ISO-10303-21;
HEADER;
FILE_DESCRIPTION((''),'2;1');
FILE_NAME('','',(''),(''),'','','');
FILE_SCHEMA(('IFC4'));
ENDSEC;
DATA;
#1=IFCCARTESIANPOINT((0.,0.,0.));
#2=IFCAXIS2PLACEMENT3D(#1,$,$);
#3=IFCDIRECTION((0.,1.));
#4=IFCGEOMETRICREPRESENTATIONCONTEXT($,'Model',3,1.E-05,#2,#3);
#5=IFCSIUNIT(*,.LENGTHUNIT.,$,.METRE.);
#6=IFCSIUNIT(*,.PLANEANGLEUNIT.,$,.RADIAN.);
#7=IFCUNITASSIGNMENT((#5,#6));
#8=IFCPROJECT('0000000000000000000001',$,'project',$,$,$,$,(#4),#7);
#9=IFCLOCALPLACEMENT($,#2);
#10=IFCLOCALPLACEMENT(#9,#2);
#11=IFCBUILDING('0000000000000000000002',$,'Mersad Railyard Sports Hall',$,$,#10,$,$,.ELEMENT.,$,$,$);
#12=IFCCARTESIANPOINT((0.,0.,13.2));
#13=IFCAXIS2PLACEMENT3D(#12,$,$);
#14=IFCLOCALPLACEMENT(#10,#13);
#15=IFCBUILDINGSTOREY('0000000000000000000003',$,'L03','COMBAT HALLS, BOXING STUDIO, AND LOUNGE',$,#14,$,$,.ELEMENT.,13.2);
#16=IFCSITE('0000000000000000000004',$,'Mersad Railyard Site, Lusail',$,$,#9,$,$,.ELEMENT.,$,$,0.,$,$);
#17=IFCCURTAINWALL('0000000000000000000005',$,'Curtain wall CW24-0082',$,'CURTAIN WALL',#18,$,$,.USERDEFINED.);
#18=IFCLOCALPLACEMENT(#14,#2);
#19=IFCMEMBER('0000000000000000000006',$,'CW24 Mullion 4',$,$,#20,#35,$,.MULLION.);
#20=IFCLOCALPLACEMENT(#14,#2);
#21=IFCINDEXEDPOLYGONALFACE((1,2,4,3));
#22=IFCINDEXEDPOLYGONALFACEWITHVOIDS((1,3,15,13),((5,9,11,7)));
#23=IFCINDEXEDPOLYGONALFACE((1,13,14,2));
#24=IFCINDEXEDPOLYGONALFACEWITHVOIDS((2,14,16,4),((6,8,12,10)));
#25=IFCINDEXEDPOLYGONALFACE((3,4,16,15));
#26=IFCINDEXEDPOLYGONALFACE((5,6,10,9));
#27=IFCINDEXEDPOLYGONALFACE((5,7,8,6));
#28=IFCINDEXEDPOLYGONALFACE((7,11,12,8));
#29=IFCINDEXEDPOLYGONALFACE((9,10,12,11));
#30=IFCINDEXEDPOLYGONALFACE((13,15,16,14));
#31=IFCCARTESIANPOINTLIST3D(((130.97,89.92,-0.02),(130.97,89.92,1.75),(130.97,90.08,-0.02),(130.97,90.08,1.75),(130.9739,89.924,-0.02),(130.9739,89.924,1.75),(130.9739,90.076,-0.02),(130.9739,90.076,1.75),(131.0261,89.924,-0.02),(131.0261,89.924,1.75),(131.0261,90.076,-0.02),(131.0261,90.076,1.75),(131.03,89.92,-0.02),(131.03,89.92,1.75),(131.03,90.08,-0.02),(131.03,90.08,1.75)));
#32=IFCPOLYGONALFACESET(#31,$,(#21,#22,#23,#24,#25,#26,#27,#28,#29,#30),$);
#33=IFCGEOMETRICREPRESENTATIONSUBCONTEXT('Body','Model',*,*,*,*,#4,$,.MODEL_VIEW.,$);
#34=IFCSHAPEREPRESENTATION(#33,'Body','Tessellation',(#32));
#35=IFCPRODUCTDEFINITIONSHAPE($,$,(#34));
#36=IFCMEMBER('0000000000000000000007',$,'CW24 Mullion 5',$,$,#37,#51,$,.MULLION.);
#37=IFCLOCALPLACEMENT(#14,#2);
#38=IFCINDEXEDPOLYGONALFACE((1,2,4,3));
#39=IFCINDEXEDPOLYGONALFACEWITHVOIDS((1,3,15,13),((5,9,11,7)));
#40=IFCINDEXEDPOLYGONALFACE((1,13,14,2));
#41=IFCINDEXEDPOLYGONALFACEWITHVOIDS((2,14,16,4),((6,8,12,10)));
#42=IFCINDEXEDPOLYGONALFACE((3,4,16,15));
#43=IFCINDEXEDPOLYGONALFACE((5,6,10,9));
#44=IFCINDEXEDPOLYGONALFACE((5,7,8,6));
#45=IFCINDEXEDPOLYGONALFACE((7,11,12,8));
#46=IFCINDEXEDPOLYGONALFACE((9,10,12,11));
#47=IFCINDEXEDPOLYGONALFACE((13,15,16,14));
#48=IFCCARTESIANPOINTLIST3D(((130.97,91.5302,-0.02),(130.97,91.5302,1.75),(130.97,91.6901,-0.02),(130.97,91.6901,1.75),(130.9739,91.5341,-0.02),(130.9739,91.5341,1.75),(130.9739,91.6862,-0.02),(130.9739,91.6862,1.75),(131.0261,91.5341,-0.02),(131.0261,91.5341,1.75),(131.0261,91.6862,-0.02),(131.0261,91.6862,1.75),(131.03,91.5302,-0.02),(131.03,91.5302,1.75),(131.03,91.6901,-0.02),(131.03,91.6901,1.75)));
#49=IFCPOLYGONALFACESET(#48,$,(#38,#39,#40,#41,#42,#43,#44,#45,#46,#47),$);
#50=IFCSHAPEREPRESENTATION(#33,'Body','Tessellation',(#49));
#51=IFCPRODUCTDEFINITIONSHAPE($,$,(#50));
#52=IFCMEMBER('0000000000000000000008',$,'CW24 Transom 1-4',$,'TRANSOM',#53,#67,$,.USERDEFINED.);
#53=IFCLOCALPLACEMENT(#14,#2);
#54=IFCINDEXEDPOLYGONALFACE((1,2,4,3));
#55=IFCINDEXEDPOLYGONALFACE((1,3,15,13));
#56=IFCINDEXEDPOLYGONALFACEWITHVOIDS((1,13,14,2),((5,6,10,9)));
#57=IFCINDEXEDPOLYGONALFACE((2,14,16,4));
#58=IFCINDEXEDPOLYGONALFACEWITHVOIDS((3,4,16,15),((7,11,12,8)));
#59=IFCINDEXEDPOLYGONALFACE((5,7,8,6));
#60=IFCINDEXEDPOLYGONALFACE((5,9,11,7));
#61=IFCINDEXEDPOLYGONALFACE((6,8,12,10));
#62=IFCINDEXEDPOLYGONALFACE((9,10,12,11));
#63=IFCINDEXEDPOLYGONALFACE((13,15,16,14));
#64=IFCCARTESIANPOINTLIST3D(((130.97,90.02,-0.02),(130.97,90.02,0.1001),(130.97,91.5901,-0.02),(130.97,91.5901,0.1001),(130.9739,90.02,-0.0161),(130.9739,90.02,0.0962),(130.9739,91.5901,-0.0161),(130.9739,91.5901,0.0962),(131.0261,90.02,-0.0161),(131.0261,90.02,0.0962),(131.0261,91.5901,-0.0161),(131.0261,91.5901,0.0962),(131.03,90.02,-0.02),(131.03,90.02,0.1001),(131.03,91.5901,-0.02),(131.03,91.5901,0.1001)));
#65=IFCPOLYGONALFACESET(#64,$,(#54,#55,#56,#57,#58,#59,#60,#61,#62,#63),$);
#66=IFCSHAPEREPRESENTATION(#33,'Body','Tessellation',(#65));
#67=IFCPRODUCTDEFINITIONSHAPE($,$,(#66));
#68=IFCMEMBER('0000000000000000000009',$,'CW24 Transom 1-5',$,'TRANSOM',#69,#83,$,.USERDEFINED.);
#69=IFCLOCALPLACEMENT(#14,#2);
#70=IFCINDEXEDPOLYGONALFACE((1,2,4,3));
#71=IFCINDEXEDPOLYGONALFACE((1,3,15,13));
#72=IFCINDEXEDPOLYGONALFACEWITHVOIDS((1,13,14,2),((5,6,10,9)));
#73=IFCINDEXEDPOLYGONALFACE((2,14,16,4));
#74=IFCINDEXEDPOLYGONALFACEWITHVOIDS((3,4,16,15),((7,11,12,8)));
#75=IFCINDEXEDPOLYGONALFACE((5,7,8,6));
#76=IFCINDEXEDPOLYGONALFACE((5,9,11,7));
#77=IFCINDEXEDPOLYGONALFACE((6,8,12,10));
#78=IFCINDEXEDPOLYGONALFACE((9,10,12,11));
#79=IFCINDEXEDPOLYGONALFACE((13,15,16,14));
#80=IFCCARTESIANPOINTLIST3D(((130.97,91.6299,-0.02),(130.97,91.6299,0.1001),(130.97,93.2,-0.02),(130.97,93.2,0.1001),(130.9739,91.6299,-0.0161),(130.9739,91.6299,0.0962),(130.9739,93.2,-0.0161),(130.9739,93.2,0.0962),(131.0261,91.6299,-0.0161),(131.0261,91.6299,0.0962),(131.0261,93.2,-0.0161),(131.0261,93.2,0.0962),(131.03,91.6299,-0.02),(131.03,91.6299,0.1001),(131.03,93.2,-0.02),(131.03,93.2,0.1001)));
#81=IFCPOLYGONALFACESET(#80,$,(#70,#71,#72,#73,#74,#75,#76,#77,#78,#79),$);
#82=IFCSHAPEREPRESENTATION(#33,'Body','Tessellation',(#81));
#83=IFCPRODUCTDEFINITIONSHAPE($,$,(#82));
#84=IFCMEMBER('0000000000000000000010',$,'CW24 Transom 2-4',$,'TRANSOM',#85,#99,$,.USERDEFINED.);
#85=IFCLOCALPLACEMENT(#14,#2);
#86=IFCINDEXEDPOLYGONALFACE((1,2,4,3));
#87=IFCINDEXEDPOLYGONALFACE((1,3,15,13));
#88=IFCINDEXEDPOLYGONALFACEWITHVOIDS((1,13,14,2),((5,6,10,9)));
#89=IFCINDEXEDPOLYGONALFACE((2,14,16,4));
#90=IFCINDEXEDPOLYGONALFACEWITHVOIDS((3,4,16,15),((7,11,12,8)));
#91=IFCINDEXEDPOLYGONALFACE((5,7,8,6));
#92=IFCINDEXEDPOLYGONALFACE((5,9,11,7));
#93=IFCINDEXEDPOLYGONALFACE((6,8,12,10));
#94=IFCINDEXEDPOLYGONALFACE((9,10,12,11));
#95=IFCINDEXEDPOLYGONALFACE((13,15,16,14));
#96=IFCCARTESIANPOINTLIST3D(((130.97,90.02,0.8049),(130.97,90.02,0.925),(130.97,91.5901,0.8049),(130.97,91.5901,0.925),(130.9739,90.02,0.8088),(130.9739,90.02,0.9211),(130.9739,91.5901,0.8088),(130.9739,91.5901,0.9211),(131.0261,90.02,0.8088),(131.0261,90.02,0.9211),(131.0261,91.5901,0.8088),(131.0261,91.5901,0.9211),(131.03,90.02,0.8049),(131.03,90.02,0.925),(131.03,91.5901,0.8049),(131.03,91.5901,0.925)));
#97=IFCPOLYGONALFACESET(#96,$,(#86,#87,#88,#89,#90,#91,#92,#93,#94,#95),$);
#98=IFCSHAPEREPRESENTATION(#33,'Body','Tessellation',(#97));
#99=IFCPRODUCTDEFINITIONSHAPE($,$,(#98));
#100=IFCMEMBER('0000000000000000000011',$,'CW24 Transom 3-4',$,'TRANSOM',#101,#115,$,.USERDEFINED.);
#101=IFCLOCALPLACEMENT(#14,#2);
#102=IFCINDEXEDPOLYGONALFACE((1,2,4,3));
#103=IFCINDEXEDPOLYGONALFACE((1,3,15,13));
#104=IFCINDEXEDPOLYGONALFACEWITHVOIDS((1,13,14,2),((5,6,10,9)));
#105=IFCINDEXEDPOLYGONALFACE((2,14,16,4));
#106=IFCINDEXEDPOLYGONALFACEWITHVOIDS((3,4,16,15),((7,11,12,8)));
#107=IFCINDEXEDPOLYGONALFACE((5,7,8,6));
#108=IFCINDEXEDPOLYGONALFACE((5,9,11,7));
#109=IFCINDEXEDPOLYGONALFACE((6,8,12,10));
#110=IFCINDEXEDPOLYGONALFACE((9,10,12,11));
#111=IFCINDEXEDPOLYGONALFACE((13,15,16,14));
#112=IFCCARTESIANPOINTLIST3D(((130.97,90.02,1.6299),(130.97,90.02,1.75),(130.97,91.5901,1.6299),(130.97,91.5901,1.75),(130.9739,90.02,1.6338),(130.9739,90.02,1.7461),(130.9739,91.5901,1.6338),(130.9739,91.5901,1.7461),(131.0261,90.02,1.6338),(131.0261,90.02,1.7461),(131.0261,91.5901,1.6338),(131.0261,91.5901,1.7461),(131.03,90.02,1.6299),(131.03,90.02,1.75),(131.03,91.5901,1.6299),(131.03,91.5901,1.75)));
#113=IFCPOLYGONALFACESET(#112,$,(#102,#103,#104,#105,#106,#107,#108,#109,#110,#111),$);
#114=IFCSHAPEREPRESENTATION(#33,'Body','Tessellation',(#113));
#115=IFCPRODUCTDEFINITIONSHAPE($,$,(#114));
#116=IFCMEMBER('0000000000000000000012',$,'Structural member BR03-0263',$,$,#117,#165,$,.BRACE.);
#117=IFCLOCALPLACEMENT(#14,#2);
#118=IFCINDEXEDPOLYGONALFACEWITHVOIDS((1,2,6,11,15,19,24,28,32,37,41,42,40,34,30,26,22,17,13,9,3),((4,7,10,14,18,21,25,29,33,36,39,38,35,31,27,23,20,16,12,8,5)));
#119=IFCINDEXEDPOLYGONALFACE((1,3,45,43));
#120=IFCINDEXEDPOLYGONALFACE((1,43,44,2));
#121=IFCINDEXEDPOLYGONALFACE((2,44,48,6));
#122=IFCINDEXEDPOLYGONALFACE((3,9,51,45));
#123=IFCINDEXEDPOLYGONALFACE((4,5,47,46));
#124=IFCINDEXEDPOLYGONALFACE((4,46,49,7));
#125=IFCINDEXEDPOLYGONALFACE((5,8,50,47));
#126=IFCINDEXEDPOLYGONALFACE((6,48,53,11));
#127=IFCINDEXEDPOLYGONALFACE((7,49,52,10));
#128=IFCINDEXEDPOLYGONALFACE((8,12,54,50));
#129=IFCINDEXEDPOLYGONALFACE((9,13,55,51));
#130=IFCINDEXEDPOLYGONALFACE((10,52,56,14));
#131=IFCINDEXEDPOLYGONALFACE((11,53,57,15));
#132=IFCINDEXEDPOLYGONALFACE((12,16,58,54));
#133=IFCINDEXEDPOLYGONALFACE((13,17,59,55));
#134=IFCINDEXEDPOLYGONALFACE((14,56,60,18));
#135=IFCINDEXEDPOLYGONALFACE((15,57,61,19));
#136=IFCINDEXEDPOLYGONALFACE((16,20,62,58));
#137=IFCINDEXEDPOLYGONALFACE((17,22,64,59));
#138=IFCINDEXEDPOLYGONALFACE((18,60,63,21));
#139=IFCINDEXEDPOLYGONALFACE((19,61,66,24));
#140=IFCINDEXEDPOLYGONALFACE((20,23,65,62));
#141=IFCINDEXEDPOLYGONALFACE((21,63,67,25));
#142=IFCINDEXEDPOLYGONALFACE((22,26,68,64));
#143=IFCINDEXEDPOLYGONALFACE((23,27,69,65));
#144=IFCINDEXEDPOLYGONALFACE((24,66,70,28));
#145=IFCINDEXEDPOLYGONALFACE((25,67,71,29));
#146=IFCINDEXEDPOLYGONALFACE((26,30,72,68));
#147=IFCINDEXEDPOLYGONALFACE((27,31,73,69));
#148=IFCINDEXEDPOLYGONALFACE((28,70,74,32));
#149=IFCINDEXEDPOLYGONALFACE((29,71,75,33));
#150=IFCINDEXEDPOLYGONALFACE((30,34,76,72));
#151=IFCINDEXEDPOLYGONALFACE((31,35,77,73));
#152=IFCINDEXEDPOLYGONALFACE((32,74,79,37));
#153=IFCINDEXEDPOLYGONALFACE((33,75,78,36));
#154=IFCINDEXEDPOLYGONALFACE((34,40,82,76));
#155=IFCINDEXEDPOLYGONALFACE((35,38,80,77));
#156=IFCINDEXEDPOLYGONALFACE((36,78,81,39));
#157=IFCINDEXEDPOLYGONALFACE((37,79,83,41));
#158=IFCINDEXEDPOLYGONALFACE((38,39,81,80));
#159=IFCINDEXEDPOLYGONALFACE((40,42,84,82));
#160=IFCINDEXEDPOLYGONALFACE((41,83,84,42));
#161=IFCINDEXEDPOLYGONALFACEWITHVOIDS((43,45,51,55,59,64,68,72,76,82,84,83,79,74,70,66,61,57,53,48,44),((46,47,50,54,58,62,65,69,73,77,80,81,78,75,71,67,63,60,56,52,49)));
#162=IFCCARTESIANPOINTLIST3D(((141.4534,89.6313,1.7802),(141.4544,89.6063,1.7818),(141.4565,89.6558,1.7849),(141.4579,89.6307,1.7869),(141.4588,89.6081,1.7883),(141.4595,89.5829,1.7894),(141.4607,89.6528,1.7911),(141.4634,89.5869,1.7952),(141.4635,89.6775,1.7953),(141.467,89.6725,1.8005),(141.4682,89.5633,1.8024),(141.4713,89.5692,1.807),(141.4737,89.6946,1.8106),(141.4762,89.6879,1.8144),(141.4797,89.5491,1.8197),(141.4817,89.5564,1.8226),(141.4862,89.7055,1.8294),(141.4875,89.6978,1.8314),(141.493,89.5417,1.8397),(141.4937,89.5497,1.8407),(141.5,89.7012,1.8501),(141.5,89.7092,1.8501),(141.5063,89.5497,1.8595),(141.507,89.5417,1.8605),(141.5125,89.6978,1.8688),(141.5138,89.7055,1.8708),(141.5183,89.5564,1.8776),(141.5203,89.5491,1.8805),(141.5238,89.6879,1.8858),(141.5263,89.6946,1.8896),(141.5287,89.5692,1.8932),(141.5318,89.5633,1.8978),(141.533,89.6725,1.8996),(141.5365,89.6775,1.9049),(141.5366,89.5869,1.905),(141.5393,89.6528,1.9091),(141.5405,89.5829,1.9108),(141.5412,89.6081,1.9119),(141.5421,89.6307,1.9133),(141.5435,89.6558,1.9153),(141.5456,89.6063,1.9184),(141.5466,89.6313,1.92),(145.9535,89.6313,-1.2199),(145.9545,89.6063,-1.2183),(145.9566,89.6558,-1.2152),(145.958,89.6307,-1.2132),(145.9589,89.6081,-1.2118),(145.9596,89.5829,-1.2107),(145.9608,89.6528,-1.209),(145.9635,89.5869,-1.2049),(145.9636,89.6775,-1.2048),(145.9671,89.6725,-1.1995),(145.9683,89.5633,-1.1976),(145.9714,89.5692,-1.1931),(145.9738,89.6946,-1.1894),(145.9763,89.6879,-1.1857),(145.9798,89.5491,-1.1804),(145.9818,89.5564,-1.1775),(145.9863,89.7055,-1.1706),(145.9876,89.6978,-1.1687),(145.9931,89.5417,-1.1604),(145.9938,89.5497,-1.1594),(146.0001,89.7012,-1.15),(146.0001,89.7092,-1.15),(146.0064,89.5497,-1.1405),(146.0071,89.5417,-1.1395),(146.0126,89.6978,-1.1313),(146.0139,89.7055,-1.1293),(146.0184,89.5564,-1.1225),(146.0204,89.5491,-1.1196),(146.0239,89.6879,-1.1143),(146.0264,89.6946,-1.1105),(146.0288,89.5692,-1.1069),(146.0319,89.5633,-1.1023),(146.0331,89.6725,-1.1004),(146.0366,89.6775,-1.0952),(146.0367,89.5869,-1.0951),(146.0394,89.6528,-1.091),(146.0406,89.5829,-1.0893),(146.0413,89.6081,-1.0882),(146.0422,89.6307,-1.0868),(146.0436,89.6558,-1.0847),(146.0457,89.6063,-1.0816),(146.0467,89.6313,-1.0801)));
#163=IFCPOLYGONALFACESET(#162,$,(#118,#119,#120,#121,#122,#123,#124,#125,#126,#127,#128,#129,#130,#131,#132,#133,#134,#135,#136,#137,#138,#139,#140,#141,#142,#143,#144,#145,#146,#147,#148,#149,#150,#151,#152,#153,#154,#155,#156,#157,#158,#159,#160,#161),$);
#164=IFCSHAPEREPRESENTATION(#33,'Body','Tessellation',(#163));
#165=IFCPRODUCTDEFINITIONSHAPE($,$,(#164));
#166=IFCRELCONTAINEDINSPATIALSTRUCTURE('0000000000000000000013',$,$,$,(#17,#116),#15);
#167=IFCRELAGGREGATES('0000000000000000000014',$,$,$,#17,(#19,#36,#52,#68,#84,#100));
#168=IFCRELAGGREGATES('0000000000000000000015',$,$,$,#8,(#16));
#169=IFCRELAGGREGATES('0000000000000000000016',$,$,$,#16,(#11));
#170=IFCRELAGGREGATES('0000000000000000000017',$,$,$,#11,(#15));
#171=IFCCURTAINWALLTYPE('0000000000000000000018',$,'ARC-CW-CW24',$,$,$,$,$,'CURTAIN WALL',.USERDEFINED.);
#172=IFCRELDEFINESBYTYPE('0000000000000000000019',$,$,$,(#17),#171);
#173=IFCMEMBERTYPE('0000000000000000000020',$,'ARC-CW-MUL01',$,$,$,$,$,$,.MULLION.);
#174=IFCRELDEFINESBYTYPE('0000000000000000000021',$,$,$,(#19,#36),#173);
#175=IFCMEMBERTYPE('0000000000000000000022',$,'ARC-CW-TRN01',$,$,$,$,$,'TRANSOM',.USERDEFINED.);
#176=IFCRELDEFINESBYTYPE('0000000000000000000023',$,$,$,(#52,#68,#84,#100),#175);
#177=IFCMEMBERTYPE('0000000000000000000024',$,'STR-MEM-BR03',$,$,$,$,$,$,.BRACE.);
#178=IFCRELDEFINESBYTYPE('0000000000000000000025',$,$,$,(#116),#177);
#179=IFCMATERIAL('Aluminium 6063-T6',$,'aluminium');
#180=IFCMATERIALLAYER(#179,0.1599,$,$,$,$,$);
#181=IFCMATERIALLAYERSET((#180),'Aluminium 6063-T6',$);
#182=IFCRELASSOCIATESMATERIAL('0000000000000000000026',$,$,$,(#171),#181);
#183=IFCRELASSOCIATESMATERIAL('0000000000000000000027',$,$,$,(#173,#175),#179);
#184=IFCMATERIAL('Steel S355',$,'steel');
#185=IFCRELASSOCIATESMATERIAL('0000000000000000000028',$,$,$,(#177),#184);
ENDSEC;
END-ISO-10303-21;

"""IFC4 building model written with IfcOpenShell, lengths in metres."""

from ifc_helpers import new_model, si_unit, direction, frame, origin, origin_2d, place, context, subcontext, project, spatial, hollow_rectangle, hollow_circle, extrude, material, layer, layer_set, material_profile, profile_set, type_object, element, aggregate, save


model = new_model("IFC4")

# Units and contexts
model_context = context("Model", 3, precision=1e-05, world=origin(), true_north=direction((0.0, 1.0)))
body_context = subcontext(model_context, "Body", "Model", "MODEL_VIEW")
ifc_project = project(units=[si_unit("LENGTHUNIT", "METRE"), si_unit("PLANEANGLEUNIT", "RADIAN")], contexts=[model_context])

# Site, building, storey
site_placement = place(None, origin())
site = spatial("IfcSite", under=ifc_project, at=site_placement, Name="Mersad Railyard Site, Lusail", CompositionType="ELEMENT", RefElevation=0.0)
building_placement = place(site_placement, origin())
building = spatial("IfcBuilding", under=site, at=building_placement, Name="Mersad Railyard Sports Hall", CompositionType="ELEMENT")
storey_placement = place(building_placement, frame((0.0, 0.0, 13.2)))
storey = spatial("IfcBuildingStorey", under=building, at=storey_placement, Name="L03", Description="COMBAT HALLS, BOXING STUDIO, AND LOUNGE", CompositionType="ELEMENT", Elevation=13.2)

# Curtain wall, members
ifc_material_1 = material(Name="Aluminium 6063-T6", Category="aluminium")
ifc_layer_1 = layer(ifc_material_1, 0.1599)
ifc_layer_set_1 = layer_set([ifc_layer_1], Name="Aluminium 6063-T6")
curtain_wall_type = type_object("IfcCurtainWallType", Name="ARC-CW-CW24", ElementType="CURTAIN WALL", PredefinedType="USERDEFINED", material=ifc_layer_set_1)
curtain_wall_placement = place(storey_placement, origin())
curtain_wall = element("IfcCurtainWall", 1, at=curtain_wall_placement, inside=storey, type_object=curtain_wall_type, Name="Curtain wall CW24-0082", ObjectType="CURTAIN WALL", PredefinedType="USERDEFINED")
ifc_material_profile_1 = material_profile(ifc_material_1, hollow_rectangle(XDim=0.0601, YDim=0.1599, WallThickness=0.0039, at=origin_2d()), Name="AL MULLION 60x160x4")
ifc_profile_set_1 = profile_set([ifc_material_profile_1], Name="Aluminium 6063-T6")
member_type_1 = type_object("IfcMemberType", Name="ARC-CW-MUL01", PredefinedType="MULLION", material=ifc_profile_set_1)
member_1_placement = place(storey_placement, frame((131.0, 90.0, -0.02), z_axis=(0.0, 0.0, 1.0), x_axis=(1.0, 0.0, 0.0)))
member_1 = element("IfcMember", 2, at=member_1_placement, type_object=member_type_1, Name="CW24 Mullion 4", PredefinedType="MULLION", context=body_context, shape_type="SweptSolid", body=[
    extrude(hollow_rectangle(XDim=0.0601, YDim=0.1599, WallThickness=0.0039, at=origin_2d()), origin(), (0.0, 0.0, 1.0), 1.77),
])
member_2_placement = place(storey_placement, frame((131.0, 91.6101, -0.02), z_axis=(0.0, 0.0, 1.0), x_axis=(1.0, 0.0, 0.0)))
member_2 = element("IfcMember", 3, at=member_2_placement, type_object=member_type_1, Name="CW24 Mullion 5", PredefinedType="MULLION", context=body_context, shape_type="SweptSolid", body=[
    extrude(hollow_rectangle(XDim=0.0601, YDim=0.1599, WallThickness=0.0039, at=origin_2d()), origin(), (0.0, 0.0, 1.0), 1.77),
])
ifc_material_profile_2 = material_profile(ifc_material_1, hollow_rectangle(XDim=0.0601, YDim=0.1201, WallThickness=0.0039, at=origin_2d()), Name="AL TRANSOM 60x120x4")
ifc_profile_set_2 = profile_set([ifc_material_profile_2], Name="Aluminium 6063-T6")
member_type_2 = type_object("IfcMemberType", Name="ARC-CW-TRN01", ElementType="TRANSOM", PredefinedType="USERDEFINED", material=ifc_profile_set_2)
member_3_placement = place(storey_placement, frame((131.0, 90.02, 0.04), z_axis=(0.0, 1.0, 0.0), x_axis=(-1.0, 0.0, 0.0)))
member_3 = element("IfcMember", 4, at=member_3_placement, type_object=member_type_2, Name="CW24 Transom 1-4", ObjectType="TRANSOM", PredefinedType="USERDEFINED", context=body_context, shape_type="SweptSolid", body=[
    extrude(hollow_rectangle(XDim=0.0601, YDim=0.1201, WallThickness=0.0039, at=origin_2d()), origin(), (0.0, 0.0, 1.0), 1.5701),
])
member_4_placement = place(storey_placement, frame((131.0, 91.6299, 0.04), z_axis=(0.0, 1.0, 0.0), x_axis=(-1.0, 0.0, 0.0)))
member_4 = element("IfcMember", 5, at=member_4_placement, type_object=member_type_2, Name="CW24 Transom 1-5", ObjectType="TRANSOM", PredefinedType="USERDEFINED", context=body_context, shape_type="SweptSolid", body=[
    extrude(hollow_rectangle(XDim=0.0601, YDim=0.1201, WallThickness=0.0039, at=origin_2d()), origin(), (0.0, 0.0, 1.0), 1.5701),
])
member_5_placement = place(storey_placement, frame((131.0, 90.02, 0.865), z_axis=(0.0, 1.0, 0.0), x_axis=(-1.0, 0.0, 0.0)))
member_5 = element("IfcMember", 6, at=member_5_placement, type_object=member_type_2, Name="CW24 Transom 2-4", ObjectType="TRANSOM", PredefinedType="USERDEFINED", context=body_context, shape_type="SweptSolid", body=[
    extrude(hollow_rectangle(XDim=0.0601, YDim=0.1201, WallThickness=0.0039, at=origin_2d()), origin(), (0.0, 0.0, 1.0), 1.5701),
])
member_6_placement = place(storey_placement, frame((131.0, 90.02, 1.6899), z_axis=(0.0, 1.0, 0.0), x_axis=(-1.0, 0.0, 0.0)))
member_6 = element("IfcMember", 7, at=member_6_placement, type_object=member_type_2, Name="CW24 Transom 3-4", ObjectType="TRANSOM", PredefinedType="USERDEFINED", context=body_context, shape_type="SweptSolid", body=[
    extrude(hollow_rectangle(XDim=0.0601, YDim=0.1201, WallThickness=0.0039, at=origin_2d()), origin(), (0.0, 0.0, 1.0), 1.5701),
])

# Member
ifc_material_2 = material(Name="Steel S355", Category="steel")
ifc_material_profile_3 = material_profile(ifc_material_2, hollow_circle(Radius=0.0842, WallThickness=0.0081, at=origin_2d()), Name="CHS 168.3x8")
ifc_profile_set_3 = profile_set([ifc_material_profile_3], Name="Steel S355")
member_type_3 = type_object("IfcMemberType", Name="STR-MEM-BR03", PredefinedType="BRACE", material=ifc_profile_set_3)
for number, where, z_axis, x_axis, name in (
    (8, (141.5, 89.625, 1.8501), (0.83205, 0.0, -0.5547), (0.0, 1.0, 0.0), "Structural member BR03-0263"),
):
    element("IfcMember", number, at=place(storey_placement, frame(where, z_axis=z_axis, x_axis=x_axis)), inside=storey, type_object=member_type_3, Name=name, PredefinedType="BRACE", context=body_context, shape_type="SweptSolid", body=[
        extrude(hollow_circle(Radius=0.0842, WallThickness=0.0081, at=origin_2d()), origin(), (0.0, 0.0, 1.0), 5.4084),
    ])

aggregate(curtain_wall, [member_1, member_2, member_3, member_4, member_5, member_6])

save(model, "model.ifc")
